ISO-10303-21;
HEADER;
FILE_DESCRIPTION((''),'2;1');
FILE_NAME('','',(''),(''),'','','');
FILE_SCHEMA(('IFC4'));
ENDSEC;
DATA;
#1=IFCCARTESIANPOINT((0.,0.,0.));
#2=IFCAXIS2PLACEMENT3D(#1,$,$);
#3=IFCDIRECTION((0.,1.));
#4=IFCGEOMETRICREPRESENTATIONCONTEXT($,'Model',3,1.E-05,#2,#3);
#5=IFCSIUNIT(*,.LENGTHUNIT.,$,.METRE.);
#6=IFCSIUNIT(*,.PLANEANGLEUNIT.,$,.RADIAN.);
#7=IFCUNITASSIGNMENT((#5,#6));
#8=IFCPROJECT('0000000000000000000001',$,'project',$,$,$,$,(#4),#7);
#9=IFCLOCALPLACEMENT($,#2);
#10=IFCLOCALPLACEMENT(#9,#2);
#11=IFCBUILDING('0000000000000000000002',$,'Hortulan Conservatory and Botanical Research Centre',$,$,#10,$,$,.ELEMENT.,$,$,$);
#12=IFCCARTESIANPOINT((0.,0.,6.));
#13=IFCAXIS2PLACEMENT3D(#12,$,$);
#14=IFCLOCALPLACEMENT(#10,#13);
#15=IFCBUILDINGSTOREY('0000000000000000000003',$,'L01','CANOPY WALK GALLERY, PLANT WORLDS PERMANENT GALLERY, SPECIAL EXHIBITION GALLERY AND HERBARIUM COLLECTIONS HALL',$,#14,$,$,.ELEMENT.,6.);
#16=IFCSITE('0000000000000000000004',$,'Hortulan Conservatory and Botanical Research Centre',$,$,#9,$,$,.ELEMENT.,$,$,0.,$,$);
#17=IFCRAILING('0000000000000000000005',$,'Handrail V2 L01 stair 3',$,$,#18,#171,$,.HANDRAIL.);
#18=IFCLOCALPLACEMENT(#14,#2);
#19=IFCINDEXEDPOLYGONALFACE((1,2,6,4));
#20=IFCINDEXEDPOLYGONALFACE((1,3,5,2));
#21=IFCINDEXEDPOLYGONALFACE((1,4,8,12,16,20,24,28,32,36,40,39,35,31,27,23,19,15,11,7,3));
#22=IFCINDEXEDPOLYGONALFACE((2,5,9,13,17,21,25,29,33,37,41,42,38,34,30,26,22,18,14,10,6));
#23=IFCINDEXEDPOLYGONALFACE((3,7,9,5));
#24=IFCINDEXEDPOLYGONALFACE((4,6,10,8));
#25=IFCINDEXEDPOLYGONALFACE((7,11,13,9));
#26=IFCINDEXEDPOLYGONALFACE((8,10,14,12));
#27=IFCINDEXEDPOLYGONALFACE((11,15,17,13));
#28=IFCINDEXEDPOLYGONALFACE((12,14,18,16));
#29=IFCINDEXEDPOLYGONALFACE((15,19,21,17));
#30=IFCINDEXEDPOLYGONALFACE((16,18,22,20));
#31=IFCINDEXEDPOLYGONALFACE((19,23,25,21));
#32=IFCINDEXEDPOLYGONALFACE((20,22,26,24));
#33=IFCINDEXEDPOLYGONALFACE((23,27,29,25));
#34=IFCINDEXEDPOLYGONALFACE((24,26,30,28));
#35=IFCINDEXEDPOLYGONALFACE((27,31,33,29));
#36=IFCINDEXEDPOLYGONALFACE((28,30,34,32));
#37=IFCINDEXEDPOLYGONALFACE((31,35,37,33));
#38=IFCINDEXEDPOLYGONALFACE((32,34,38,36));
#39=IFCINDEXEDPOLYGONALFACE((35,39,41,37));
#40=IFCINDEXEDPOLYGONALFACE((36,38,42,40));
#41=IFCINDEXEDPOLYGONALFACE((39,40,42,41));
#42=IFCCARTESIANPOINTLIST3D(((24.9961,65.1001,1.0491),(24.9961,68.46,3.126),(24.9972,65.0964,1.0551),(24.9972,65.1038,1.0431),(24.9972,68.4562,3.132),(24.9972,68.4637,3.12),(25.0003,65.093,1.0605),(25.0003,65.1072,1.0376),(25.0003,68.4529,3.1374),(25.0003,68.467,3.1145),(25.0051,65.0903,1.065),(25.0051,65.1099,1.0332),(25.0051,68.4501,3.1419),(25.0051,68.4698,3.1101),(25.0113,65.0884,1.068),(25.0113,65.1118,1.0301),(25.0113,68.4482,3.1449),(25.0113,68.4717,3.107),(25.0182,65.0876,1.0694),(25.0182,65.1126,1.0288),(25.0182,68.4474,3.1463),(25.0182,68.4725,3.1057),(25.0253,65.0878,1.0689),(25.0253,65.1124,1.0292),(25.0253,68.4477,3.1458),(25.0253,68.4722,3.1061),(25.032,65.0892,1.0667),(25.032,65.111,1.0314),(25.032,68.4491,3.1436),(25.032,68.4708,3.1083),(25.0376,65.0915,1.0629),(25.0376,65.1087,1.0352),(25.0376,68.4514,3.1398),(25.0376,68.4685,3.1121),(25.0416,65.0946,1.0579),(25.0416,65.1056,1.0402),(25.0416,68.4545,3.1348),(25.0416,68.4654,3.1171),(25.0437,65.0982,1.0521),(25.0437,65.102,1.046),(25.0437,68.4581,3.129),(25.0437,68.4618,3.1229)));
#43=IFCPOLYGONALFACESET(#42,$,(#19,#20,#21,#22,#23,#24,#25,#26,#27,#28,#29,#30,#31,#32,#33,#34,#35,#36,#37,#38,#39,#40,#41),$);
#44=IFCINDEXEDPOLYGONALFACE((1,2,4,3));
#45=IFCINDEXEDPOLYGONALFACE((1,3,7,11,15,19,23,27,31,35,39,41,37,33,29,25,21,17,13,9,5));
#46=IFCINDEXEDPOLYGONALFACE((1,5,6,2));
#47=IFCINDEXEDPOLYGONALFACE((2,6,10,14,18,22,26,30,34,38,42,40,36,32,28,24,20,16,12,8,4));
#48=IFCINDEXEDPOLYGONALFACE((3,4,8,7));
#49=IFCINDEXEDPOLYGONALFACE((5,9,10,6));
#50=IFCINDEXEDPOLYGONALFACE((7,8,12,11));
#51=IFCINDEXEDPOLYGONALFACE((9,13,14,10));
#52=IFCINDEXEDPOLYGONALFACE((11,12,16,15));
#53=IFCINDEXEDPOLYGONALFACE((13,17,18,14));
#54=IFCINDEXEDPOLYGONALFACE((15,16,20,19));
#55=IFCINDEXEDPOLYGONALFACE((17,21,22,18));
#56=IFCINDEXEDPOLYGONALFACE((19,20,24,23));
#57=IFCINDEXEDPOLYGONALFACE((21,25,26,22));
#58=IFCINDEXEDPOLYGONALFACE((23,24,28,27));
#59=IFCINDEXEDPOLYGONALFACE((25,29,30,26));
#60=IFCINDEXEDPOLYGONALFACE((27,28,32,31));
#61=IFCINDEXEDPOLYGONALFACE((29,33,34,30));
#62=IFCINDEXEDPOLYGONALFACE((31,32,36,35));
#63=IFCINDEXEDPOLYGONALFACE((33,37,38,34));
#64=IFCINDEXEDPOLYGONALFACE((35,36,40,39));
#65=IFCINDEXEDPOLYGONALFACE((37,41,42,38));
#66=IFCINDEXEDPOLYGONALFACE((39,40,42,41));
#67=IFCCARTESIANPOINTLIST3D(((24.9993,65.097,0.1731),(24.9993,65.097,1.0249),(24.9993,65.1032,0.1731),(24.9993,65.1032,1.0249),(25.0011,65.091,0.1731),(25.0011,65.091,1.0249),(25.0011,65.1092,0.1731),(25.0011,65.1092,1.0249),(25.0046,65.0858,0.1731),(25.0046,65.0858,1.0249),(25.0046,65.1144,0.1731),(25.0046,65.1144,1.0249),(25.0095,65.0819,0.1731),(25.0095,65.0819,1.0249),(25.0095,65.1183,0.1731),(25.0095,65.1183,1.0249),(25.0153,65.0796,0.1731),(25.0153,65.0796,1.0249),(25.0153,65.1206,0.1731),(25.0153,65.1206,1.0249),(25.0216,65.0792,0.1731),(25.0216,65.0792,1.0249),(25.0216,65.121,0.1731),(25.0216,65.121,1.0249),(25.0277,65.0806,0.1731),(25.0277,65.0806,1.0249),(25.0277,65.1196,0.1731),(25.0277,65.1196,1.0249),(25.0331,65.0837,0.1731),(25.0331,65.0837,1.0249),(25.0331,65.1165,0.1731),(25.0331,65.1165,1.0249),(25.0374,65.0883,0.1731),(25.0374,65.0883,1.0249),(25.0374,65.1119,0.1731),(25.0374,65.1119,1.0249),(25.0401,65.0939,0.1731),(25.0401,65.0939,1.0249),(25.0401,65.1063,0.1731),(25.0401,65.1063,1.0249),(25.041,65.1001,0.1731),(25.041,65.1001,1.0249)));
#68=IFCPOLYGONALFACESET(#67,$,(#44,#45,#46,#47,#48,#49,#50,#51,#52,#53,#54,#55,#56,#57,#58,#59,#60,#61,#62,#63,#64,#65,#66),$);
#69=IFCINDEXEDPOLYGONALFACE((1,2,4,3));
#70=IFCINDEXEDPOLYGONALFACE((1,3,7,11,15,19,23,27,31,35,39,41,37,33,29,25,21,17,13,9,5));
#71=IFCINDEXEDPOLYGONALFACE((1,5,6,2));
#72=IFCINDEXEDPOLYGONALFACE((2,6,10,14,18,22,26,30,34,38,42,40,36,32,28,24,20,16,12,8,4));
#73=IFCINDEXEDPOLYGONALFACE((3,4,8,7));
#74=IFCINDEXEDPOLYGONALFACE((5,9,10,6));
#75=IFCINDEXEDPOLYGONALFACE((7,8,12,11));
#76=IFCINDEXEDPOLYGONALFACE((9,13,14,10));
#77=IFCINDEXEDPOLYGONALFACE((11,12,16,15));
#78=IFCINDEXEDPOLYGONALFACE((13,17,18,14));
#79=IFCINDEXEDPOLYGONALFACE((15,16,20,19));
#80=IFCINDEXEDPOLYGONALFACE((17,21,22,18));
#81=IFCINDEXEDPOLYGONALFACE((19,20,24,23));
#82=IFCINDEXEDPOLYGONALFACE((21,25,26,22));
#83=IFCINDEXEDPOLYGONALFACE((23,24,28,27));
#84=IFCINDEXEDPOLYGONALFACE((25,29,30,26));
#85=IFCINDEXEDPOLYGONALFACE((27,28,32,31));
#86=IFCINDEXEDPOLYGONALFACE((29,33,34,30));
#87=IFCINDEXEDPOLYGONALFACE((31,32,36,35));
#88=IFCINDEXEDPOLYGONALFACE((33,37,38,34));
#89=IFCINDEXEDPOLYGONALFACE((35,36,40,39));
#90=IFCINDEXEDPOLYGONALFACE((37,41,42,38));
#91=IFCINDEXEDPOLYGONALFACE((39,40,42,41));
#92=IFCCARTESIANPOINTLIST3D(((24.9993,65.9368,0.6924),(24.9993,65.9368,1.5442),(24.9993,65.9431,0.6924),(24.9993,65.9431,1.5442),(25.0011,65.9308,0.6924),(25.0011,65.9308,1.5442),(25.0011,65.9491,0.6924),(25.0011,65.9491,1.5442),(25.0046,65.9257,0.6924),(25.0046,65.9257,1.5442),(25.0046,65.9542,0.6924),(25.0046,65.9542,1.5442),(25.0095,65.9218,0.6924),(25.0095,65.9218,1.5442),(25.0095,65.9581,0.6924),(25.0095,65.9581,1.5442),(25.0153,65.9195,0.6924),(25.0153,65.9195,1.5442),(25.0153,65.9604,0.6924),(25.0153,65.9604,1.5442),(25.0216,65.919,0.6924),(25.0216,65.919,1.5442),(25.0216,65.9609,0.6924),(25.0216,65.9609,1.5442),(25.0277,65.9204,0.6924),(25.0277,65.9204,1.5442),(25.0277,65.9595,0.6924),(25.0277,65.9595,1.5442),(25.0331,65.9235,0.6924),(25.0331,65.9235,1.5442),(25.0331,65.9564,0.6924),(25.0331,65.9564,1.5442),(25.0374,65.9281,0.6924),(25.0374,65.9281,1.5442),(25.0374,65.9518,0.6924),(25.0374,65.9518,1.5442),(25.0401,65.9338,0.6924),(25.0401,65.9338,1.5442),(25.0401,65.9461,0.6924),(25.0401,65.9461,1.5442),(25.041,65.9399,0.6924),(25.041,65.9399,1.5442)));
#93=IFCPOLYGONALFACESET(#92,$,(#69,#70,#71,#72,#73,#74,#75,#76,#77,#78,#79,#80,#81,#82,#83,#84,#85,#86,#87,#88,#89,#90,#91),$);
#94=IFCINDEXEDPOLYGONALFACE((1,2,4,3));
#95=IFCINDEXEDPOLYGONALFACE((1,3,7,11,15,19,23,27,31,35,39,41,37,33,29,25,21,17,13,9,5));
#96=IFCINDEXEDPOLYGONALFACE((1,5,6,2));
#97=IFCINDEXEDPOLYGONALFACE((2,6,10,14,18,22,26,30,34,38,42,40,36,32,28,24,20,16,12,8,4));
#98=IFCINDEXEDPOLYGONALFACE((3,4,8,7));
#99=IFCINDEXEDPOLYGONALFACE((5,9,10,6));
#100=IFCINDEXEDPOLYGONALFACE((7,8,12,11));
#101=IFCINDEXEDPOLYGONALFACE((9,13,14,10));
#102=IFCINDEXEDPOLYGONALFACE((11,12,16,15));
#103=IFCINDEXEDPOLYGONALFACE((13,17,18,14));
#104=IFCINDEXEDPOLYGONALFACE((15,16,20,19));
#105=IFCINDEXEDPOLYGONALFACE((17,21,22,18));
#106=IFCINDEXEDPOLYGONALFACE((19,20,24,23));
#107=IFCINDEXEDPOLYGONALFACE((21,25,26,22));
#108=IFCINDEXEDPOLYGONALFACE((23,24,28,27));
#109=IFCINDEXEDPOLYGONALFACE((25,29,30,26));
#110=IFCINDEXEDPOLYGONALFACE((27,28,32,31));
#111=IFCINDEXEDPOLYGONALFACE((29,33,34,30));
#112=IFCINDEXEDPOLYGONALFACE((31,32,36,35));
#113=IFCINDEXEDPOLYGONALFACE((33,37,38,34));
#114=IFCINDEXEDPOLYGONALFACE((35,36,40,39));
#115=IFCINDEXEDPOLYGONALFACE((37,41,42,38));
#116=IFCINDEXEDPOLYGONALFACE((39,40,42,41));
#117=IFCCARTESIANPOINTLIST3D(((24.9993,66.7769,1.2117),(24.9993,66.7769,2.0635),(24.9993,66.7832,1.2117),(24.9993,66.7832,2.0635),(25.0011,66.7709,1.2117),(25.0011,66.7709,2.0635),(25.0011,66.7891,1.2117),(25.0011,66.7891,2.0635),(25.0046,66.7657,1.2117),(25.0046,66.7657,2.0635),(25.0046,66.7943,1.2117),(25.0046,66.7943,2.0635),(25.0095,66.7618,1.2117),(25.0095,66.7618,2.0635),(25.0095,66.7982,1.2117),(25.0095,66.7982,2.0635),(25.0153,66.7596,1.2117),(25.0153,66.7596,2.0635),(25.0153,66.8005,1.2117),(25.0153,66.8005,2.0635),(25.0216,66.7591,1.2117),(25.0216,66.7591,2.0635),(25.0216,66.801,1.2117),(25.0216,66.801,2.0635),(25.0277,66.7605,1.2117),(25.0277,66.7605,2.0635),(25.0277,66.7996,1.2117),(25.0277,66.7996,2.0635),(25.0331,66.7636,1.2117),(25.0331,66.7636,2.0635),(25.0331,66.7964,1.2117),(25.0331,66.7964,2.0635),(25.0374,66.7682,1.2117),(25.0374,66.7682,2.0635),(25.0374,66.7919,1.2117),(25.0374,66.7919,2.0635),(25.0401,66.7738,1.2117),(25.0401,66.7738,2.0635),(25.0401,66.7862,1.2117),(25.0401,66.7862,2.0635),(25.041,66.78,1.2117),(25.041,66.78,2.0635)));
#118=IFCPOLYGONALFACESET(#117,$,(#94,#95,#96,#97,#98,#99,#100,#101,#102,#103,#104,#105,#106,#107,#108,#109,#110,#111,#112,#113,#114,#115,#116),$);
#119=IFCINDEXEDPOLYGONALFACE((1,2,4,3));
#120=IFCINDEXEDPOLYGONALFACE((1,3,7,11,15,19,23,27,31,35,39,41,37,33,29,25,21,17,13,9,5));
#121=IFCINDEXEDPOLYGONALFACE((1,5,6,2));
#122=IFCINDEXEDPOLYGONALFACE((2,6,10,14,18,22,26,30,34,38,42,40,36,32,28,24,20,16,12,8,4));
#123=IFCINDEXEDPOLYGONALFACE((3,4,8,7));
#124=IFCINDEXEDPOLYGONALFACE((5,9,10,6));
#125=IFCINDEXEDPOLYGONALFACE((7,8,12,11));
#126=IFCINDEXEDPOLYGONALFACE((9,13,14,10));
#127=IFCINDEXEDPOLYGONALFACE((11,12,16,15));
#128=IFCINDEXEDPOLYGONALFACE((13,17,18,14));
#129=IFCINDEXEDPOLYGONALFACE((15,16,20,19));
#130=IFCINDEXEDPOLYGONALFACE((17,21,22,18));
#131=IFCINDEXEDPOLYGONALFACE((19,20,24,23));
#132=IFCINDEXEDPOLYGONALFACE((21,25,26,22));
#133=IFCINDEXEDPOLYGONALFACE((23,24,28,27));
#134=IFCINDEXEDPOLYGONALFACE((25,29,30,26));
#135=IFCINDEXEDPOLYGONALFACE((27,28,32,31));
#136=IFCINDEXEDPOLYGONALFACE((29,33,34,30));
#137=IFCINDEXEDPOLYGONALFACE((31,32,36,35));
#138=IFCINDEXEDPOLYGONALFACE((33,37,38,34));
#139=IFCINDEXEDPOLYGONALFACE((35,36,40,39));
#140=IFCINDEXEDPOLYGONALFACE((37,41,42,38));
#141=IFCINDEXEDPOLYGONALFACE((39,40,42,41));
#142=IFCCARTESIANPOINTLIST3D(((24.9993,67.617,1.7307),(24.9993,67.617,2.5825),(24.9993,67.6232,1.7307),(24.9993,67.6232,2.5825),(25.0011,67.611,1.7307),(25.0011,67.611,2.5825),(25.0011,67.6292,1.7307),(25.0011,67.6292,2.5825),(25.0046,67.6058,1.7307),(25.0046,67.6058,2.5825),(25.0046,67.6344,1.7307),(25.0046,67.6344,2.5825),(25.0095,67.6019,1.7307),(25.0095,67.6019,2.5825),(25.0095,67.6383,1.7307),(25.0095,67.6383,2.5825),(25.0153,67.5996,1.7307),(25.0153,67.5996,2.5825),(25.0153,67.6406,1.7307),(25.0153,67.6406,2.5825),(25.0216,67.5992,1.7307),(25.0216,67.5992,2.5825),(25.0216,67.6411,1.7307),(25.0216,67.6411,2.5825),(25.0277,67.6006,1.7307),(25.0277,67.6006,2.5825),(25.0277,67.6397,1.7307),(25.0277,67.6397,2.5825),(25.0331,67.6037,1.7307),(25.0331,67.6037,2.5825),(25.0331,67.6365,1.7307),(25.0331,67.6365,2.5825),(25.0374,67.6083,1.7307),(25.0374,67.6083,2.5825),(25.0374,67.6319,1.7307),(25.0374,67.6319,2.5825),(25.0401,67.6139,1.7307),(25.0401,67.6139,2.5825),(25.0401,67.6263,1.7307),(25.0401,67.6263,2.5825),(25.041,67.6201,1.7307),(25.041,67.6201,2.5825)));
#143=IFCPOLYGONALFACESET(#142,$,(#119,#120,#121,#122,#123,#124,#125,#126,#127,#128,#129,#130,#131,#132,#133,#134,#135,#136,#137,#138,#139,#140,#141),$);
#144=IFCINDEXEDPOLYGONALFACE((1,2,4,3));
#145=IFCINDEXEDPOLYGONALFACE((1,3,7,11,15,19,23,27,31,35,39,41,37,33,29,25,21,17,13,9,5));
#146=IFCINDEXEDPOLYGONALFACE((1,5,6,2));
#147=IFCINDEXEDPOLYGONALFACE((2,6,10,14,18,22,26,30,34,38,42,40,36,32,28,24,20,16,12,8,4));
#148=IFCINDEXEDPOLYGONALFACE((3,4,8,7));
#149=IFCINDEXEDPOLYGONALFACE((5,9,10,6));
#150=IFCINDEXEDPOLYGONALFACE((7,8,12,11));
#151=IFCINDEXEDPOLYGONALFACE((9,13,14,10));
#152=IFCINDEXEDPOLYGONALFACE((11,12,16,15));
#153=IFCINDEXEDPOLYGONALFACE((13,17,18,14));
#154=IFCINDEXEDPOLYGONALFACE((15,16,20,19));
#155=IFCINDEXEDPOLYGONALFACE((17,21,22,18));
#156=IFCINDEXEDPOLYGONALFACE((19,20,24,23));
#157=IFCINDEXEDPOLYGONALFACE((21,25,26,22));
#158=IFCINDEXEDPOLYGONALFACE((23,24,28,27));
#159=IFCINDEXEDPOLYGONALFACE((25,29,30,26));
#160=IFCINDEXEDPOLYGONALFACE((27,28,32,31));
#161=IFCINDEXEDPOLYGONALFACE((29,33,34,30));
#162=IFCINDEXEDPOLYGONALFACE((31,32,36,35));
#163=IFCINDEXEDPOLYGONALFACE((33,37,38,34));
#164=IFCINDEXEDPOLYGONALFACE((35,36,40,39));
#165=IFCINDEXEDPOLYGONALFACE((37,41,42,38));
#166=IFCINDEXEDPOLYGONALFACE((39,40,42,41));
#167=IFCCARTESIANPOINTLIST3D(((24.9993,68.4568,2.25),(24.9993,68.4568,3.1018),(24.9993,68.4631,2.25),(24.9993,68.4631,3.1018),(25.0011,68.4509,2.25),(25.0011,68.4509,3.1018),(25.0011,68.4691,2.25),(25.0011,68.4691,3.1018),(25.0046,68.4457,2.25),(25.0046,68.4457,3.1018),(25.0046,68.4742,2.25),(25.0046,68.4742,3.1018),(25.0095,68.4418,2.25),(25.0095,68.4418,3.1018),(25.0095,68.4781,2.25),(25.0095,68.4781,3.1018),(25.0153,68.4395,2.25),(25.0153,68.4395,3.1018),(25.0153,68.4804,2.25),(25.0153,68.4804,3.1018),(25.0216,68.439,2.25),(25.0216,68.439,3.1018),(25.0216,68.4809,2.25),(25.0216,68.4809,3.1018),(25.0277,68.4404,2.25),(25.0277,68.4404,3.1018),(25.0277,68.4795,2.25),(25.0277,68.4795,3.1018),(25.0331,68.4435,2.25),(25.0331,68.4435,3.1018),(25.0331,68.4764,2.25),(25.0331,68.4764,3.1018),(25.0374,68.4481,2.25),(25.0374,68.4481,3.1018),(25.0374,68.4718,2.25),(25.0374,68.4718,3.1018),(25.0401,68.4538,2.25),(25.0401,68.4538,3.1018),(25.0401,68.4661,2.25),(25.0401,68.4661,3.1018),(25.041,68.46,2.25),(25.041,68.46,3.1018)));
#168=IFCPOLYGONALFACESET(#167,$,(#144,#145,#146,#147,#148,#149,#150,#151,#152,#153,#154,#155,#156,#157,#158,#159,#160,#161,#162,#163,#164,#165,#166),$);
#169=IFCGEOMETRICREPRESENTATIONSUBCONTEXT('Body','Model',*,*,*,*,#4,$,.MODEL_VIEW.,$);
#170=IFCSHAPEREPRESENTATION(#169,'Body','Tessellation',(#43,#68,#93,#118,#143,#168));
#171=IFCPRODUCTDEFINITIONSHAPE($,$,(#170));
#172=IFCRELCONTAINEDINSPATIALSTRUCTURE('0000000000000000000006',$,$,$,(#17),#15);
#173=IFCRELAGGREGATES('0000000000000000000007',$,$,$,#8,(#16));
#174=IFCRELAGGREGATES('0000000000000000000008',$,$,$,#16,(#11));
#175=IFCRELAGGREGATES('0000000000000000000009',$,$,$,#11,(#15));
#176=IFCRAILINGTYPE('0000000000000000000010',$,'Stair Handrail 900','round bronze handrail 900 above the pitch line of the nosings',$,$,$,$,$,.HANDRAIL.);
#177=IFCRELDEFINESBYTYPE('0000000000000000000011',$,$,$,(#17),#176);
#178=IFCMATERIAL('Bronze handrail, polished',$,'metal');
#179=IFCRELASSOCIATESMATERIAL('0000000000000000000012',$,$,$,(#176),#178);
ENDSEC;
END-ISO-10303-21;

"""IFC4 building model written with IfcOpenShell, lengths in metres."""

from ifc_helpers import new_model, si_unit, direction, frame, origin, origin_2d, place, context, subcontext, project, spatial, circle, extrude, material, type_object, element, save


model = new_model("IFC4")

# Units and contexts
model_context = context("Model", 3, precision=1e-05, world=origin(), true_north=direction((0.0, 1.0)))
body_context = subcontext(model_context, "Body", "Model", "MODEL_VIEW")
ifc_project = project(units=[si_unit("LENGTHUNIT", "METRE"), si_unit("PLANEANGLEUNIT", "RADIAN")], contexts=[model_context])

# Site, building, storey
site_placement = place(None, origin())
site = spatial("IfcSite", under=ifc_project, at=site_placement, Name="Hortulan Conservatory and Botanical Research Centre", CompositionType="ELEMENT", RefElevation=0.0)
building_placement = place(site_placement, origin())
building = spatial("IfcBuilding", under=site, at=building_placement, Name="Hortulan Conservatory and Botanical Research Centre", CompositionType="ELEMENT")
storey_placement = place(building_placement, frame((0.0, 0.0, 6.0)))
storey = spatial("IfcBuildingStorey", under=building, at=storey_placement, Name="L01", Description="CANOPY WALK GALLERY, PLANT WORLDS PERMANENT GALLERY, SPECIAL EXHIBITION GALLERY AND HERBARIUM COLLECTIONS HALL", CompositionType="ELEMENT", Elevation=6.0)

# Railing
ifc_material_1 = material(Name="Bronze handrail, polished", Category="metal")
railing_type_1 = type_object("IfcRailingType", Name="Stair Handrail 900", Description="round bronze handrail 900 above the pitch line of the nosings", PredefinedType="HANDRAIL", material=ifc_material_1)
railing_1_placement = place(storey_placement, frame((25.02, 65.1001, 0.1731)))
element("IfcRailing", 1, at=railing_1_placement, inside=storey, type_object=railing_type_1, Name="Handrail V2 L01 stair 3", PredefinedType="HANDRAIL", context=body_context, shape_type="SweptSolid", body=[
    extrude(circle(Radius=0.0239, at=origin_2d()), frame((0.0, 0.0, 0.876), z_axis=(0.0, 0.850606, 0.525803), x_axis=(-1.0, 0.0, 0.0)), (0.0, 0.0, 1.0), 3.95),
    extrude(circle(Radius=0.021, at=origin_2d()), origin(), (0.0, 0.0, 1.0), 0.8518),
    extrude(circle(Radius=0.021, at=origin_2d()), frame((0.0, 0.8398, 0.5193)), (0.0, 0.0, 1.0), 0.8518),
    extrude(circle(Radius=0.021, at=origin_2d()), frame((0.0, 1.6799, 1.0386)), (0.0, 0.0, 1.0), 0.8518),
    extrude(circle(Radius=0.021, at=origin_2d()), frame((0.0, 2.52, 1.5576)), (0.0, 0.0, 1.0), 0.8518),
    extrude(circle(Radius=0.021, at=origin_2d()), frame((0.0, 3.3599, 2.0769)), (0.0, 0.0, 1.0), 0.8518),
])

save(model, "model.ifc")
